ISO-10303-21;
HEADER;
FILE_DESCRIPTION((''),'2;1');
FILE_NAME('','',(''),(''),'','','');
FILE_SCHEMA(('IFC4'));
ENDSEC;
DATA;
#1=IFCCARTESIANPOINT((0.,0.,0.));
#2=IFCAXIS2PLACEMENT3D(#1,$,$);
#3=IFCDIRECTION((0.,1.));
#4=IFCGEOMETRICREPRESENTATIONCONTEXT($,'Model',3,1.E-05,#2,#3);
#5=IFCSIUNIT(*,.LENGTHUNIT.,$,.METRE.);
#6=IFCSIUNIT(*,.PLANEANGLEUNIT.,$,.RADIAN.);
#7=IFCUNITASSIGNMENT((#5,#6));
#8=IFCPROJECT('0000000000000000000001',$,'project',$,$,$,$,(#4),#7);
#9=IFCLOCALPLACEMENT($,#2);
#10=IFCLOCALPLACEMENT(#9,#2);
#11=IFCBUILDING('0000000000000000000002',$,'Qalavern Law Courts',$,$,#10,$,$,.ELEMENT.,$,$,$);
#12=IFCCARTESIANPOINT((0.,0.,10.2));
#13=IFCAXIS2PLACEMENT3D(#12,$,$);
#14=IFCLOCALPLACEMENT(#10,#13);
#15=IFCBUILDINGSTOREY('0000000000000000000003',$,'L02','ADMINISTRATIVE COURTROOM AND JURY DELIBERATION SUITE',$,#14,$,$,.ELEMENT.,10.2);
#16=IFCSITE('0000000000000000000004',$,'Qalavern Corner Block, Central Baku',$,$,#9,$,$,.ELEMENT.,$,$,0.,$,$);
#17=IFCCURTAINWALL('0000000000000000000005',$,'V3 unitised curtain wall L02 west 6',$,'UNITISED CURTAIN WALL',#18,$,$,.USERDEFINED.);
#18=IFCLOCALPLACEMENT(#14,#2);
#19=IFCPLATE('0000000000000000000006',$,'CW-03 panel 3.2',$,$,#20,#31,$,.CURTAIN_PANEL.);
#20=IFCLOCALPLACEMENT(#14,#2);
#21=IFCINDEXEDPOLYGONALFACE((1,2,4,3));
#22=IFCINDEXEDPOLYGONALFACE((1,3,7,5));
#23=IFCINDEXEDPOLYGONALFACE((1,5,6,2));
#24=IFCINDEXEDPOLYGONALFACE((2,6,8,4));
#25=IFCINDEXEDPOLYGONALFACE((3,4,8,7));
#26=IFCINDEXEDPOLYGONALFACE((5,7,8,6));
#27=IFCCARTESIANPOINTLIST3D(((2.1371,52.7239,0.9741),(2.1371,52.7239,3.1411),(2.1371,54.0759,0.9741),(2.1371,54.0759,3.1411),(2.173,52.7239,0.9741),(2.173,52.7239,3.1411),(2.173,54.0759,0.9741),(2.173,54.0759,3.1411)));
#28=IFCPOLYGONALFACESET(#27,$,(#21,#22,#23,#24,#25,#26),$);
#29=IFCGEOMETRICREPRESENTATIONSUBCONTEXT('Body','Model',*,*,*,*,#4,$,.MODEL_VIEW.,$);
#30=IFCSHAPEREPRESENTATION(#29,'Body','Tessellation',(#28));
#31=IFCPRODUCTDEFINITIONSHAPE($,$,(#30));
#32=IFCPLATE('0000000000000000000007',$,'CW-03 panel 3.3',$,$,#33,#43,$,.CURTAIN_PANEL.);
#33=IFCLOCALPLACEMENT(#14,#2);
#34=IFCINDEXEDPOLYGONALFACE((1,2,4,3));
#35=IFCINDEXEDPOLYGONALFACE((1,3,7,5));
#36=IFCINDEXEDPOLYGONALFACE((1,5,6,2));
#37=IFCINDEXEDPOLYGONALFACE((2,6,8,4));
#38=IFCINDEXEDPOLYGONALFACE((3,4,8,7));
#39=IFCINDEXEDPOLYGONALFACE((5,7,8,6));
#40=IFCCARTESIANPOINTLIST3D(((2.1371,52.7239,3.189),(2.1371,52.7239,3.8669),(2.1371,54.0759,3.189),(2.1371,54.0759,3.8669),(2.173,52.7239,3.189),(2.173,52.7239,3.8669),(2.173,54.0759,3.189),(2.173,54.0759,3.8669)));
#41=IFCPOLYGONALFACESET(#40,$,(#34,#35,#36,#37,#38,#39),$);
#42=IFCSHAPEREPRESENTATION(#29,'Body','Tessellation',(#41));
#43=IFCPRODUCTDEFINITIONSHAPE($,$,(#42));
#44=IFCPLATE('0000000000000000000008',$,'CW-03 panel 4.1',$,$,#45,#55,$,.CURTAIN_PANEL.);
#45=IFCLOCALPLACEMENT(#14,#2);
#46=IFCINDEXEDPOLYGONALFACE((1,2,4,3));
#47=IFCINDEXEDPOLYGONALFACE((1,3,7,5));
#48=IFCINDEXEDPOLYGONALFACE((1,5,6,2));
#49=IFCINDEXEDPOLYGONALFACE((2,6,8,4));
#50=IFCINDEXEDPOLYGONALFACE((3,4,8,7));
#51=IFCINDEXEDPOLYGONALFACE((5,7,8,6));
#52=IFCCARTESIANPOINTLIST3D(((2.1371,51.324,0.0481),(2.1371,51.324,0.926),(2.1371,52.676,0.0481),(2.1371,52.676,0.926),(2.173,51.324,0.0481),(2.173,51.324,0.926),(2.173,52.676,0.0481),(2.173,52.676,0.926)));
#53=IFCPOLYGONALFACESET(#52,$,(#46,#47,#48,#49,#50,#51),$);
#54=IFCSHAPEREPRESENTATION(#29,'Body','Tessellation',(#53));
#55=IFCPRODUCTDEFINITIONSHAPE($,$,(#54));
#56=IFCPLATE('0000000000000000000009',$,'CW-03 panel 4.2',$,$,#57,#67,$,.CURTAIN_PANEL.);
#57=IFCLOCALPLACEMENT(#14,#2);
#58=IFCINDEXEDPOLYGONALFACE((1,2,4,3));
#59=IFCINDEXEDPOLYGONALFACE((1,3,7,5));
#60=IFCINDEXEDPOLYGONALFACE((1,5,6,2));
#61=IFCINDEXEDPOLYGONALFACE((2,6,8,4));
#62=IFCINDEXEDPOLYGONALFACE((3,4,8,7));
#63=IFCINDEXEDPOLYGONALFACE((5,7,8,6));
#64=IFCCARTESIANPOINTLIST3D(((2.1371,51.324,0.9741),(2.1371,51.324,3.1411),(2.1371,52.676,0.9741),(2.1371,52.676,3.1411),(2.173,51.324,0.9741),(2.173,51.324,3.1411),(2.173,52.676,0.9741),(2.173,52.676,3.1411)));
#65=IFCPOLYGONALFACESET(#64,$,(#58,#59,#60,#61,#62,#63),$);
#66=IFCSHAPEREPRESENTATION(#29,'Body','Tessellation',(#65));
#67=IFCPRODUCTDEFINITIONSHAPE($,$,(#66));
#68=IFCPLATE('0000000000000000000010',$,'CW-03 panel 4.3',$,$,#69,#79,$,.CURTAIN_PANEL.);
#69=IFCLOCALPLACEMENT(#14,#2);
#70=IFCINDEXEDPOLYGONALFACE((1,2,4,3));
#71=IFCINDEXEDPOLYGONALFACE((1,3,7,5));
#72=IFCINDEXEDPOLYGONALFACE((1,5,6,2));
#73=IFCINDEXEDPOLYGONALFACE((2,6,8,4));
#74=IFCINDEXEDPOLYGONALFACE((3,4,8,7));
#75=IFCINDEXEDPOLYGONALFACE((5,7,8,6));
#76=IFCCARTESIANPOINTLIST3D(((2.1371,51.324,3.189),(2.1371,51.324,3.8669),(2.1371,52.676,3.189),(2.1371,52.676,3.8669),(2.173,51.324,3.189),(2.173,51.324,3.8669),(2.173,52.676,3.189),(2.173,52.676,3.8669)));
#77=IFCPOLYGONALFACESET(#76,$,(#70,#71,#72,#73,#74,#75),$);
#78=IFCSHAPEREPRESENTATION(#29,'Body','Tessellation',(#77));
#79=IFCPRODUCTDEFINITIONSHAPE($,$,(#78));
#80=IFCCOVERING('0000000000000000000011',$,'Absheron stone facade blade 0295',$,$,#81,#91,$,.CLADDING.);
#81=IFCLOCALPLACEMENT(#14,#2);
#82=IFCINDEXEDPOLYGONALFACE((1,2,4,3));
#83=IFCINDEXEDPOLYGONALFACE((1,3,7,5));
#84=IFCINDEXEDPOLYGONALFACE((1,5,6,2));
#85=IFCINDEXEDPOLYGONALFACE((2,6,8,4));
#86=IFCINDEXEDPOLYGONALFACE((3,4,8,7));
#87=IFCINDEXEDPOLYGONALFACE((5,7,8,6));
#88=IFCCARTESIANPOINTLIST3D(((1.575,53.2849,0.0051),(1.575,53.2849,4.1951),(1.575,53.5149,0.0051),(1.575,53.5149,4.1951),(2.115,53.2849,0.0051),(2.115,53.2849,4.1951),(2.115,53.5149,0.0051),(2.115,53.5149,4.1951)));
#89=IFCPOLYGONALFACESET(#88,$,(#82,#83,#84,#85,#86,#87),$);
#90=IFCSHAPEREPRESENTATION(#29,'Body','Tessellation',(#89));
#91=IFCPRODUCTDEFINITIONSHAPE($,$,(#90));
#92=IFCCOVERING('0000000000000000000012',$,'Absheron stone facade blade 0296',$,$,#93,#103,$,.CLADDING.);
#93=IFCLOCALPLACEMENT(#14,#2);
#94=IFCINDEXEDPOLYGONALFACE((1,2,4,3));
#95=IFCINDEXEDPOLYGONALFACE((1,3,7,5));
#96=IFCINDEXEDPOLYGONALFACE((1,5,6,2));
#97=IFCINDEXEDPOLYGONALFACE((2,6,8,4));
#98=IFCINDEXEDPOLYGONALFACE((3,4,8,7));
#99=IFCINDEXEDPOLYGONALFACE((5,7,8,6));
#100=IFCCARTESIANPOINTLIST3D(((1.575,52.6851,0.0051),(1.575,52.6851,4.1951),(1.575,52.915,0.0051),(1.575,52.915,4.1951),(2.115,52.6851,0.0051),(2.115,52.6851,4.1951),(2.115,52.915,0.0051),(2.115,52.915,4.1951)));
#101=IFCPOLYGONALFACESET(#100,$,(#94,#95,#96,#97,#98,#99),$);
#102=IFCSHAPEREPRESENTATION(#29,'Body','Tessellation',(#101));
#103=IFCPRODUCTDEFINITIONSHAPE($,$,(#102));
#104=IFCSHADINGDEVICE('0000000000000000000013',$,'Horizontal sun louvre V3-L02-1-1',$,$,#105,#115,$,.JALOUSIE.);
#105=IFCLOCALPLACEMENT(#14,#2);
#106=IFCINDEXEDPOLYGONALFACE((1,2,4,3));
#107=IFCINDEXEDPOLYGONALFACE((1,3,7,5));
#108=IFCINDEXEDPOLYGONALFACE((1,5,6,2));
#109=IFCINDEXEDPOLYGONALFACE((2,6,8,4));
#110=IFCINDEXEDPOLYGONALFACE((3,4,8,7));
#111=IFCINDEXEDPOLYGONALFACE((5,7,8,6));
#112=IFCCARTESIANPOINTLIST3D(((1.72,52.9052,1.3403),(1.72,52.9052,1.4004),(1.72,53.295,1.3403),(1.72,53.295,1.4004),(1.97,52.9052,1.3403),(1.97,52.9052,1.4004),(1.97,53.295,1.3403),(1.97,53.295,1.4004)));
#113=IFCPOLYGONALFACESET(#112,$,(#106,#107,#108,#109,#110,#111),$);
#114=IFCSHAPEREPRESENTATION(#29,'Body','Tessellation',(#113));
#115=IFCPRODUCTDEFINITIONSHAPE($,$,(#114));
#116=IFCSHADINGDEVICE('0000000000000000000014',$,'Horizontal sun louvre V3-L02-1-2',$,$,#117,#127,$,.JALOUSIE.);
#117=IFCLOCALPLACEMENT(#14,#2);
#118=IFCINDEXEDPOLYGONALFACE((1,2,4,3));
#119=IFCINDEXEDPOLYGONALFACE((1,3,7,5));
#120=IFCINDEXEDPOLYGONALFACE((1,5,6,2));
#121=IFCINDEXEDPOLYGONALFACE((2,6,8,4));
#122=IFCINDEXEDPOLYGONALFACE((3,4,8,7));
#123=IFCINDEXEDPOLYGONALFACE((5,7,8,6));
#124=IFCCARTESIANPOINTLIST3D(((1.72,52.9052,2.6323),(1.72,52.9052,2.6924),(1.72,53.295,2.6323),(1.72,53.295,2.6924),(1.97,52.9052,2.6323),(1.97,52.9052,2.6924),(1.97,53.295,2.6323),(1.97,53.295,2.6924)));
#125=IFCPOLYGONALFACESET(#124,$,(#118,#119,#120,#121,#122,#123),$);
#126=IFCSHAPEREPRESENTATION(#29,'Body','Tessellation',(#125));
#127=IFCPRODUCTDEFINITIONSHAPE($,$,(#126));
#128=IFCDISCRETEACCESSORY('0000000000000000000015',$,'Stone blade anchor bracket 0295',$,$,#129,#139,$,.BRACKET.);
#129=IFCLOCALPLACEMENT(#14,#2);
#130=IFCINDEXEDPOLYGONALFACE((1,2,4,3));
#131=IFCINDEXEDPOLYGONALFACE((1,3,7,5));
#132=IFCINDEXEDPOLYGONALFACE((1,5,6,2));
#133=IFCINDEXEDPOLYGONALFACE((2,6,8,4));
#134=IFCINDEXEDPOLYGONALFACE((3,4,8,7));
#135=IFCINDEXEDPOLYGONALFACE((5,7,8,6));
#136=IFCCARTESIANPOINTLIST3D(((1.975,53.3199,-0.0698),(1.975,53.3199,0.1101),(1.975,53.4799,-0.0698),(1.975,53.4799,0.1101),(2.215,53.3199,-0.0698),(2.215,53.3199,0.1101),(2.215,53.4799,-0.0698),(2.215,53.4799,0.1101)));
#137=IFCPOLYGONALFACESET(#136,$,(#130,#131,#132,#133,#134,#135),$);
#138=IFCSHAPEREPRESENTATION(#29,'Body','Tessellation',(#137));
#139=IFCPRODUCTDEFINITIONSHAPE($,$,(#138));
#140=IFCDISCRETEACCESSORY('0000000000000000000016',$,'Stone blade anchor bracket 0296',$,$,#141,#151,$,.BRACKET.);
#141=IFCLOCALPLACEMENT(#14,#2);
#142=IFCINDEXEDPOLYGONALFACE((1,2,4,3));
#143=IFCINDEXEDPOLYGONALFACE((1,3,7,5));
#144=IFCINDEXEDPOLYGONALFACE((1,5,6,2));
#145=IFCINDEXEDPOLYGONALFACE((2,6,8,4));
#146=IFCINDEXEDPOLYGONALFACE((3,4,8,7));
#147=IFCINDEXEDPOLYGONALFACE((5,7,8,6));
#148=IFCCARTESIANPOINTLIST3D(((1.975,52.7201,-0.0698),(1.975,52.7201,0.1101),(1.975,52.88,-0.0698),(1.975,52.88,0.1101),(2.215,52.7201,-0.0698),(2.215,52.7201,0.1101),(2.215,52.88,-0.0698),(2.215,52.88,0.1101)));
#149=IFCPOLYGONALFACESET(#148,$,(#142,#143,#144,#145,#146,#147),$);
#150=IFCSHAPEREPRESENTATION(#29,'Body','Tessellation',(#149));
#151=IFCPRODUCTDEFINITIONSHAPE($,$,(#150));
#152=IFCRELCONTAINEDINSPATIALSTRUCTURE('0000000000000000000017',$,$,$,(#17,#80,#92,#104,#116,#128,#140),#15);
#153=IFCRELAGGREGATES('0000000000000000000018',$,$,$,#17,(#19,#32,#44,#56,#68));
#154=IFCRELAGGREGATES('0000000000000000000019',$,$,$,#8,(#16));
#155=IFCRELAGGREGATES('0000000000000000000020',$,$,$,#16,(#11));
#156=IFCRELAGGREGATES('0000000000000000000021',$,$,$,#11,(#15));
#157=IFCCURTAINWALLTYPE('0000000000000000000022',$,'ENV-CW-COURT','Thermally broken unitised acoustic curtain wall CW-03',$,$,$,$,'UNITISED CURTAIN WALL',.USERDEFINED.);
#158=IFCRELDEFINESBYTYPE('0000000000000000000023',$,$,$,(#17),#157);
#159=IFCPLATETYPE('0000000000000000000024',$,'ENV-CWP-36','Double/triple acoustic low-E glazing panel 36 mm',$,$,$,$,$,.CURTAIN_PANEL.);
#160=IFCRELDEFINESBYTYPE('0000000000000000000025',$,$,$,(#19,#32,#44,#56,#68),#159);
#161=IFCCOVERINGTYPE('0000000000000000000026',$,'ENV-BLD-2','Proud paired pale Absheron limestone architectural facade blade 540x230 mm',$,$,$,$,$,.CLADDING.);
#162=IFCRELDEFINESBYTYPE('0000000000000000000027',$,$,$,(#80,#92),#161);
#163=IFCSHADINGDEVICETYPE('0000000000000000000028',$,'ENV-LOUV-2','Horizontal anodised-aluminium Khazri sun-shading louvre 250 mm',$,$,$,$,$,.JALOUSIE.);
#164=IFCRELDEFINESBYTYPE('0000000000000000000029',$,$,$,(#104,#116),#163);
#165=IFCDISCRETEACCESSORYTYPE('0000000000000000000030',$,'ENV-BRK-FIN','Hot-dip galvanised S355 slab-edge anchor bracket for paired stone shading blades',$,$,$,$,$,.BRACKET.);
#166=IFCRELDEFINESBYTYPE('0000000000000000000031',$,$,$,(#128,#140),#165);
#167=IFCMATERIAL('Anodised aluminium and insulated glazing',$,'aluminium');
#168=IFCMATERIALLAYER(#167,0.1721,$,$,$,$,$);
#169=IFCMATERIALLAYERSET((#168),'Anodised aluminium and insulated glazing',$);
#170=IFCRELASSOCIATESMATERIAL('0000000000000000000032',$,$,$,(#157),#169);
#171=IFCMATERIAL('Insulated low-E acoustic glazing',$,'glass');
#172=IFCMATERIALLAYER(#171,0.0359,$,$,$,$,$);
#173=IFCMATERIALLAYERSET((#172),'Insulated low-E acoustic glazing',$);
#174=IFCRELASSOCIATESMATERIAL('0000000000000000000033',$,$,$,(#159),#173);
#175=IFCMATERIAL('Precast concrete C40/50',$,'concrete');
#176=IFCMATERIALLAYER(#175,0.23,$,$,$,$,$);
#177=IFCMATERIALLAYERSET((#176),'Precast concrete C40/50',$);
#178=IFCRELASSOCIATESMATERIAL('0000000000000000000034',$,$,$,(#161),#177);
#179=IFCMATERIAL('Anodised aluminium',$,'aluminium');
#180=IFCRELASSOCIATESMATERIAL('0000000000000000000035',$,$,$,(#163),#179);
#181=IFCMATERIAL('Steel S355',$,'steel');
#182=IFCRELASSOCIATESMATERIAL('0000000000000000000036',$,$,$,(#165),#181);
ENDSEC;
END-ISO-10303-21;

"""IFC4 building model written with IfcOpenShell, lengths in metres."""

from ifc_helpers import new_model, si_unit, direction, frame, origin, origin_2d, place, context, subcontext, project, spatial, rectangle, extrude, material, layer, layer_set, type_object, element, aggregate, save


model = new_model("IFC4")

# Units and contexts
model_context = context("Model", 3, precision=1e-05, world=origin(), true_north=direction((0.0, 1.0)))
body_context = subcontext(model_context, "Body", "Model", "MODEL_VIEW")
ifc_project = project(units=[si_unit("LENGTHUNIT", "METRE"), si_unit("PLANEANGLEUNIT", "RADIAN")], contexts=[model_context])

# Site, building, storey
site_placement = place(None, origin())
site = spatial("IfcSite", under=ifc_project, at=site_placement, Name="Qalavern Corner Block, Central Baku", CompositionType="ELEMENT", RefElevation=0.0)
building_placement = place(site_placement, origin())
building = spatial("IfcBuilding", under=site, at=building_placement, Name="Qalavern Law Courts", CompositionType="ELEMENT")
storey_placement = place(building_placement, frame((0.0, 0.0, 10.2)))
storey = spatial("IfcBuildingStorey", under=building, at=storey_placement, Name="L02", Description="ADMINISTRATIVE COURTROOM AND JURY DELIBERATION SUITE", CompositionType="ELEMENT", Elevation=10.2)

# Curtain wall, plates
ifc_material_1 = material(Name="Anodised aluminium and insulated glazing", Category="aluminium")
ifc_layer_1 = layer(ifc_material_1, 0.1721)
ifc_layer_set_1 = layer_set([ifc_layer_1], Name="Anodised aluminium and insulated glazing")
curtain_wall_type = type_object("IfcCurtainWallType", Name="ENV-CW-COURT", Description="Thermally broken unitised acoustic curtain wall CW-03", ElementType="UNITISED CURTAIN WALL", PredefinedType="USERDEFINED", material=ifc_layer_set_1)
curtain_wall_placement = place(storey_placement, origin())
curtain_wall = element("IfcCurtainWall", 1, at=curtain_wall_placement, inside=storey, type_object=curtain_wall_type, Name="V3 unitised curtain wall L02 west 6", ObjectType="UNITISED CURTAIN WALL", PredefinedType="USERDEFINED")
ifc_material_2 = material(Name="Anodised aluminium", Category="aluminium")
ifc_material_3 = material(Name="Insulated low-E acoustic glazing", Category="glass")
ifc_layer_2 = layer(ifc_material_3, 0.0359)
ifc_layer_set_2 = layer_set([ifc_layer_2], Name="Insulated low-E acoustic glazing")
plate_type = type_object("IfcPlateType", Name="ENV-CWP-36", Description="Double/triple acoustic low-E glazing panel 36 mm", PredefinedType="CURTAIN_PANEL", material=ifc_layer_set_2)
plate_1_placement = place(storey_placement, frame((2.155, 53.3999, 0.9741), z_axis=(0.0, 0.0, 1.0), x_axis=(0.0, -1.0, 0.0)))
plate_1 = element("IfcPlate", 2, at=plate_1_placement, type_object=plate_type, Name="CW-03 panel 3.2", PredefinedType="CURTAIN_PANEL", context=body_context, shape_type="SweptSolid", body=[
    extrude(rectangle(XDim=1.3521, YDim=0.0359, at=origin_2d()), origin(), (0.0, 0.0, 1.0), 2.167),
])
plate_2_placement = place(storey_placement, frame((2.155, 53.3999, 3.189), z_axis=(0.0, 0.0, 1.0), x_axis=(0.0, -1.0, 0.0)))
plate_2 = element("IfcPlate", 3, at=plate_2_placement, type_object=plate_type, Name="CW-03 panel 3.3", PredefinedType="CURTAIN_PANEL", context=body_context, shape_type="SweptSolid", body=[
    extrude(rectangle(XDim=1.3521, YDim=0.0359, at=origin_2d()), origin(), (0.0, 0.0, 1.0), 0.678),
])
plate_3_placement = place(storey_placement, frame((2.155, 52.0, 0.0481), z_axis=(0.0, 0.0, 1.0), x_axis=(0.0, -1.0, 0.0)))
plate_3 = element("IfcPlate", 4, at=plate_3_placement, type_object=plate_type, Name="CW-03 panel 4.1", PredefinedType="CURTAIN_PANEL", context=body_context, shape_type="SweptSolid", body=[
    extrude(rectangle(XDim=1.3521, YDim=0.0359, at=origin_2d()), origin(), (0.0, 0.0, 1.0), 0.8779),
])
plate_4_placement = place(storey_placement, frame((2.155, 52.0, 0.9741), z_axis=(0.0, 0.0, 1.0), x_axis=(0.0, -1.0, 0.0)))
plate_4 = element("IfcPlate", 5, at=plate_4_placement, type_object=plate_type, Name="CW-03 panel 4.2", PredefinedType="CURTAIN_PANEL", context=body_context, shape_type="SweptSolid", body=[
    extrude(rectangle(XDim=1.3521, YDim=0.0359, at=origin_2d()), origin(), (0.0, 0.0, 1.0), 2.167),
])
plate_5_placement = place(storey_placement, frame((2.155, 52.0, 3.189), z_axis=(0.0, 0.0, 1.0), x_axis=(0.0, -1.0, 0.0)))
plate_5 = element("IfcPlate", 6, at=plate_5_placement, type_object=plate_type, Name="CW-03 panel 4.3", PredefinedType="CURTAIN_PANEL", context=body_context, shape_type="SweptSolid", body=[
    extrude(rectangle(XDim=1.3521, YDim=0.0359, at=origin_2d()), origin(), (0.0, 0.0, 1.0), 0.678),
])
aggregate(curtain_wall, [plate_1, plate_2, plate_3, plate_4, plate_5])

# Coverings
ifc_material_4 = material(Name="Precast concrete C40/50", Category="concrete")
ifc_layer_3 = layer(ifc_material_4, 0.23)
ifc_layer_set_3 = layer_set([ifc_layer_3], Name="Precast concrete C40/50")
covering_type = type_object("IfcCoveringType", Name="ENV-BLD-2", Description="Proud paired pale Absheron limestone architectural facade blade 540x230 mm", PredefinedType="CLADDING", material=ifc_layer_set_3)
for number, where, z_axis, x_axis, name in (
    (7, (1.845, 53.3999, 0.0051), (0.0, 0.0, 1.0), (-1.0, 0.0, 0.0), "Absheron stone facade blade 0295"),
    (8, (1.845, 52.8, 0.0051), (0.0, 0.0, 1.0), (-1.0, 0.0, 0.0), "Absheron stone facade blade 0296"),
):
    element("IfcCovering", number, at=place(storey_placement, frame(where, z_axis=z_axis, x_axis=x_axis)), inside=storey, type_object=covering_type, Name=name, PredefinedType="CLADDING", context=body_context, shape_type="SweptSolid", body=[
        extrude(rectangle(XDim=0.54, YDim=0.23, at=origin_2d()), origin(), (0.0, 0.0, 1.0), 4.1899),
    ])

# Shading devices
shading_device_type = type_object("IfcShadingDeviceType", Name="ENV-LOUV-2", Description="Horizontal anodised-aluminium Khazri sun-shading louvre 250 mm", PredefinedType="JALOUSIE", material=ifc_material_2)
for number, where, z_axis, x_axis, name in (
    (9, (1.845, 53.1001, 1.3403), (0.0, 0.0, 1.0), (0.0, -1.0, 0.0), "Horizontal sun louvre V3-L02-1-1"),
    (10, (1.845, 53.1001, 2.6323), (0.0, 0.0, 1.0), (0.0, -1.0, 0.0), "Horizontal sun louvre V3-L02-1-2"),
):
    element("IfcShadingDevice", number, at=place(storey_placement, frame(where, z_axis=z_axis, x_axis=x_axis)), inside=storey, type_object=shading_device_type, Name=name, PredefinedType="JALOUSIE", context=body_context, shape_type="SweptSolid", body=[
        extrude(rectangle(XDim=0.3899, YDim=0.25, at=origin_2d()), origin(), (0.0, 0.0, 1.0), 0.0601),
    ])

# Discrete accessories
ifc_material_5 = material(Name="Steel S355", Category="steel")
discrete_accessory_type = type_object("IfcDiscreteAccessoryType", Name="ENV-BRK-FIN", Description="Hot-dip galvanised S355 slab-edge anchor bracket for paired stone shading blades", PredefinedType="BRACKET", material=ifc_material_5)
for number, where, z_axis, x_axis, name in (
    (11, (2.095, 53.3999, -0.0698), (0.0, 0.0, 1.0), (-1.0, 0.0, 0.0), "Stone blade anchor bracket 0295"),
    (12, (2.095, 52.8, -0.0698), (0.0, 0.0, 1.0), (-1.0, 0.0, 0.0), "Stone blade anchor bracket 0296"),
):
    element("IfcDiscreteAccessory", number, at=place(storey_placement, frame(where, z_axis=z_axis, x_axis=x_axis)), inside=storey, type_object=discrete_accessory_type, Name=name, PredefinedType="BRACKET", context=body_context, shape_type="SweptSolid", body=[
        extrude(rectangle(XDim=0.24, YDim=0.1599, at=origin_2d()), origin(), (0.0, 0.0, 1.0), 0.1799),
    ])

save(model, "model.ifc")
